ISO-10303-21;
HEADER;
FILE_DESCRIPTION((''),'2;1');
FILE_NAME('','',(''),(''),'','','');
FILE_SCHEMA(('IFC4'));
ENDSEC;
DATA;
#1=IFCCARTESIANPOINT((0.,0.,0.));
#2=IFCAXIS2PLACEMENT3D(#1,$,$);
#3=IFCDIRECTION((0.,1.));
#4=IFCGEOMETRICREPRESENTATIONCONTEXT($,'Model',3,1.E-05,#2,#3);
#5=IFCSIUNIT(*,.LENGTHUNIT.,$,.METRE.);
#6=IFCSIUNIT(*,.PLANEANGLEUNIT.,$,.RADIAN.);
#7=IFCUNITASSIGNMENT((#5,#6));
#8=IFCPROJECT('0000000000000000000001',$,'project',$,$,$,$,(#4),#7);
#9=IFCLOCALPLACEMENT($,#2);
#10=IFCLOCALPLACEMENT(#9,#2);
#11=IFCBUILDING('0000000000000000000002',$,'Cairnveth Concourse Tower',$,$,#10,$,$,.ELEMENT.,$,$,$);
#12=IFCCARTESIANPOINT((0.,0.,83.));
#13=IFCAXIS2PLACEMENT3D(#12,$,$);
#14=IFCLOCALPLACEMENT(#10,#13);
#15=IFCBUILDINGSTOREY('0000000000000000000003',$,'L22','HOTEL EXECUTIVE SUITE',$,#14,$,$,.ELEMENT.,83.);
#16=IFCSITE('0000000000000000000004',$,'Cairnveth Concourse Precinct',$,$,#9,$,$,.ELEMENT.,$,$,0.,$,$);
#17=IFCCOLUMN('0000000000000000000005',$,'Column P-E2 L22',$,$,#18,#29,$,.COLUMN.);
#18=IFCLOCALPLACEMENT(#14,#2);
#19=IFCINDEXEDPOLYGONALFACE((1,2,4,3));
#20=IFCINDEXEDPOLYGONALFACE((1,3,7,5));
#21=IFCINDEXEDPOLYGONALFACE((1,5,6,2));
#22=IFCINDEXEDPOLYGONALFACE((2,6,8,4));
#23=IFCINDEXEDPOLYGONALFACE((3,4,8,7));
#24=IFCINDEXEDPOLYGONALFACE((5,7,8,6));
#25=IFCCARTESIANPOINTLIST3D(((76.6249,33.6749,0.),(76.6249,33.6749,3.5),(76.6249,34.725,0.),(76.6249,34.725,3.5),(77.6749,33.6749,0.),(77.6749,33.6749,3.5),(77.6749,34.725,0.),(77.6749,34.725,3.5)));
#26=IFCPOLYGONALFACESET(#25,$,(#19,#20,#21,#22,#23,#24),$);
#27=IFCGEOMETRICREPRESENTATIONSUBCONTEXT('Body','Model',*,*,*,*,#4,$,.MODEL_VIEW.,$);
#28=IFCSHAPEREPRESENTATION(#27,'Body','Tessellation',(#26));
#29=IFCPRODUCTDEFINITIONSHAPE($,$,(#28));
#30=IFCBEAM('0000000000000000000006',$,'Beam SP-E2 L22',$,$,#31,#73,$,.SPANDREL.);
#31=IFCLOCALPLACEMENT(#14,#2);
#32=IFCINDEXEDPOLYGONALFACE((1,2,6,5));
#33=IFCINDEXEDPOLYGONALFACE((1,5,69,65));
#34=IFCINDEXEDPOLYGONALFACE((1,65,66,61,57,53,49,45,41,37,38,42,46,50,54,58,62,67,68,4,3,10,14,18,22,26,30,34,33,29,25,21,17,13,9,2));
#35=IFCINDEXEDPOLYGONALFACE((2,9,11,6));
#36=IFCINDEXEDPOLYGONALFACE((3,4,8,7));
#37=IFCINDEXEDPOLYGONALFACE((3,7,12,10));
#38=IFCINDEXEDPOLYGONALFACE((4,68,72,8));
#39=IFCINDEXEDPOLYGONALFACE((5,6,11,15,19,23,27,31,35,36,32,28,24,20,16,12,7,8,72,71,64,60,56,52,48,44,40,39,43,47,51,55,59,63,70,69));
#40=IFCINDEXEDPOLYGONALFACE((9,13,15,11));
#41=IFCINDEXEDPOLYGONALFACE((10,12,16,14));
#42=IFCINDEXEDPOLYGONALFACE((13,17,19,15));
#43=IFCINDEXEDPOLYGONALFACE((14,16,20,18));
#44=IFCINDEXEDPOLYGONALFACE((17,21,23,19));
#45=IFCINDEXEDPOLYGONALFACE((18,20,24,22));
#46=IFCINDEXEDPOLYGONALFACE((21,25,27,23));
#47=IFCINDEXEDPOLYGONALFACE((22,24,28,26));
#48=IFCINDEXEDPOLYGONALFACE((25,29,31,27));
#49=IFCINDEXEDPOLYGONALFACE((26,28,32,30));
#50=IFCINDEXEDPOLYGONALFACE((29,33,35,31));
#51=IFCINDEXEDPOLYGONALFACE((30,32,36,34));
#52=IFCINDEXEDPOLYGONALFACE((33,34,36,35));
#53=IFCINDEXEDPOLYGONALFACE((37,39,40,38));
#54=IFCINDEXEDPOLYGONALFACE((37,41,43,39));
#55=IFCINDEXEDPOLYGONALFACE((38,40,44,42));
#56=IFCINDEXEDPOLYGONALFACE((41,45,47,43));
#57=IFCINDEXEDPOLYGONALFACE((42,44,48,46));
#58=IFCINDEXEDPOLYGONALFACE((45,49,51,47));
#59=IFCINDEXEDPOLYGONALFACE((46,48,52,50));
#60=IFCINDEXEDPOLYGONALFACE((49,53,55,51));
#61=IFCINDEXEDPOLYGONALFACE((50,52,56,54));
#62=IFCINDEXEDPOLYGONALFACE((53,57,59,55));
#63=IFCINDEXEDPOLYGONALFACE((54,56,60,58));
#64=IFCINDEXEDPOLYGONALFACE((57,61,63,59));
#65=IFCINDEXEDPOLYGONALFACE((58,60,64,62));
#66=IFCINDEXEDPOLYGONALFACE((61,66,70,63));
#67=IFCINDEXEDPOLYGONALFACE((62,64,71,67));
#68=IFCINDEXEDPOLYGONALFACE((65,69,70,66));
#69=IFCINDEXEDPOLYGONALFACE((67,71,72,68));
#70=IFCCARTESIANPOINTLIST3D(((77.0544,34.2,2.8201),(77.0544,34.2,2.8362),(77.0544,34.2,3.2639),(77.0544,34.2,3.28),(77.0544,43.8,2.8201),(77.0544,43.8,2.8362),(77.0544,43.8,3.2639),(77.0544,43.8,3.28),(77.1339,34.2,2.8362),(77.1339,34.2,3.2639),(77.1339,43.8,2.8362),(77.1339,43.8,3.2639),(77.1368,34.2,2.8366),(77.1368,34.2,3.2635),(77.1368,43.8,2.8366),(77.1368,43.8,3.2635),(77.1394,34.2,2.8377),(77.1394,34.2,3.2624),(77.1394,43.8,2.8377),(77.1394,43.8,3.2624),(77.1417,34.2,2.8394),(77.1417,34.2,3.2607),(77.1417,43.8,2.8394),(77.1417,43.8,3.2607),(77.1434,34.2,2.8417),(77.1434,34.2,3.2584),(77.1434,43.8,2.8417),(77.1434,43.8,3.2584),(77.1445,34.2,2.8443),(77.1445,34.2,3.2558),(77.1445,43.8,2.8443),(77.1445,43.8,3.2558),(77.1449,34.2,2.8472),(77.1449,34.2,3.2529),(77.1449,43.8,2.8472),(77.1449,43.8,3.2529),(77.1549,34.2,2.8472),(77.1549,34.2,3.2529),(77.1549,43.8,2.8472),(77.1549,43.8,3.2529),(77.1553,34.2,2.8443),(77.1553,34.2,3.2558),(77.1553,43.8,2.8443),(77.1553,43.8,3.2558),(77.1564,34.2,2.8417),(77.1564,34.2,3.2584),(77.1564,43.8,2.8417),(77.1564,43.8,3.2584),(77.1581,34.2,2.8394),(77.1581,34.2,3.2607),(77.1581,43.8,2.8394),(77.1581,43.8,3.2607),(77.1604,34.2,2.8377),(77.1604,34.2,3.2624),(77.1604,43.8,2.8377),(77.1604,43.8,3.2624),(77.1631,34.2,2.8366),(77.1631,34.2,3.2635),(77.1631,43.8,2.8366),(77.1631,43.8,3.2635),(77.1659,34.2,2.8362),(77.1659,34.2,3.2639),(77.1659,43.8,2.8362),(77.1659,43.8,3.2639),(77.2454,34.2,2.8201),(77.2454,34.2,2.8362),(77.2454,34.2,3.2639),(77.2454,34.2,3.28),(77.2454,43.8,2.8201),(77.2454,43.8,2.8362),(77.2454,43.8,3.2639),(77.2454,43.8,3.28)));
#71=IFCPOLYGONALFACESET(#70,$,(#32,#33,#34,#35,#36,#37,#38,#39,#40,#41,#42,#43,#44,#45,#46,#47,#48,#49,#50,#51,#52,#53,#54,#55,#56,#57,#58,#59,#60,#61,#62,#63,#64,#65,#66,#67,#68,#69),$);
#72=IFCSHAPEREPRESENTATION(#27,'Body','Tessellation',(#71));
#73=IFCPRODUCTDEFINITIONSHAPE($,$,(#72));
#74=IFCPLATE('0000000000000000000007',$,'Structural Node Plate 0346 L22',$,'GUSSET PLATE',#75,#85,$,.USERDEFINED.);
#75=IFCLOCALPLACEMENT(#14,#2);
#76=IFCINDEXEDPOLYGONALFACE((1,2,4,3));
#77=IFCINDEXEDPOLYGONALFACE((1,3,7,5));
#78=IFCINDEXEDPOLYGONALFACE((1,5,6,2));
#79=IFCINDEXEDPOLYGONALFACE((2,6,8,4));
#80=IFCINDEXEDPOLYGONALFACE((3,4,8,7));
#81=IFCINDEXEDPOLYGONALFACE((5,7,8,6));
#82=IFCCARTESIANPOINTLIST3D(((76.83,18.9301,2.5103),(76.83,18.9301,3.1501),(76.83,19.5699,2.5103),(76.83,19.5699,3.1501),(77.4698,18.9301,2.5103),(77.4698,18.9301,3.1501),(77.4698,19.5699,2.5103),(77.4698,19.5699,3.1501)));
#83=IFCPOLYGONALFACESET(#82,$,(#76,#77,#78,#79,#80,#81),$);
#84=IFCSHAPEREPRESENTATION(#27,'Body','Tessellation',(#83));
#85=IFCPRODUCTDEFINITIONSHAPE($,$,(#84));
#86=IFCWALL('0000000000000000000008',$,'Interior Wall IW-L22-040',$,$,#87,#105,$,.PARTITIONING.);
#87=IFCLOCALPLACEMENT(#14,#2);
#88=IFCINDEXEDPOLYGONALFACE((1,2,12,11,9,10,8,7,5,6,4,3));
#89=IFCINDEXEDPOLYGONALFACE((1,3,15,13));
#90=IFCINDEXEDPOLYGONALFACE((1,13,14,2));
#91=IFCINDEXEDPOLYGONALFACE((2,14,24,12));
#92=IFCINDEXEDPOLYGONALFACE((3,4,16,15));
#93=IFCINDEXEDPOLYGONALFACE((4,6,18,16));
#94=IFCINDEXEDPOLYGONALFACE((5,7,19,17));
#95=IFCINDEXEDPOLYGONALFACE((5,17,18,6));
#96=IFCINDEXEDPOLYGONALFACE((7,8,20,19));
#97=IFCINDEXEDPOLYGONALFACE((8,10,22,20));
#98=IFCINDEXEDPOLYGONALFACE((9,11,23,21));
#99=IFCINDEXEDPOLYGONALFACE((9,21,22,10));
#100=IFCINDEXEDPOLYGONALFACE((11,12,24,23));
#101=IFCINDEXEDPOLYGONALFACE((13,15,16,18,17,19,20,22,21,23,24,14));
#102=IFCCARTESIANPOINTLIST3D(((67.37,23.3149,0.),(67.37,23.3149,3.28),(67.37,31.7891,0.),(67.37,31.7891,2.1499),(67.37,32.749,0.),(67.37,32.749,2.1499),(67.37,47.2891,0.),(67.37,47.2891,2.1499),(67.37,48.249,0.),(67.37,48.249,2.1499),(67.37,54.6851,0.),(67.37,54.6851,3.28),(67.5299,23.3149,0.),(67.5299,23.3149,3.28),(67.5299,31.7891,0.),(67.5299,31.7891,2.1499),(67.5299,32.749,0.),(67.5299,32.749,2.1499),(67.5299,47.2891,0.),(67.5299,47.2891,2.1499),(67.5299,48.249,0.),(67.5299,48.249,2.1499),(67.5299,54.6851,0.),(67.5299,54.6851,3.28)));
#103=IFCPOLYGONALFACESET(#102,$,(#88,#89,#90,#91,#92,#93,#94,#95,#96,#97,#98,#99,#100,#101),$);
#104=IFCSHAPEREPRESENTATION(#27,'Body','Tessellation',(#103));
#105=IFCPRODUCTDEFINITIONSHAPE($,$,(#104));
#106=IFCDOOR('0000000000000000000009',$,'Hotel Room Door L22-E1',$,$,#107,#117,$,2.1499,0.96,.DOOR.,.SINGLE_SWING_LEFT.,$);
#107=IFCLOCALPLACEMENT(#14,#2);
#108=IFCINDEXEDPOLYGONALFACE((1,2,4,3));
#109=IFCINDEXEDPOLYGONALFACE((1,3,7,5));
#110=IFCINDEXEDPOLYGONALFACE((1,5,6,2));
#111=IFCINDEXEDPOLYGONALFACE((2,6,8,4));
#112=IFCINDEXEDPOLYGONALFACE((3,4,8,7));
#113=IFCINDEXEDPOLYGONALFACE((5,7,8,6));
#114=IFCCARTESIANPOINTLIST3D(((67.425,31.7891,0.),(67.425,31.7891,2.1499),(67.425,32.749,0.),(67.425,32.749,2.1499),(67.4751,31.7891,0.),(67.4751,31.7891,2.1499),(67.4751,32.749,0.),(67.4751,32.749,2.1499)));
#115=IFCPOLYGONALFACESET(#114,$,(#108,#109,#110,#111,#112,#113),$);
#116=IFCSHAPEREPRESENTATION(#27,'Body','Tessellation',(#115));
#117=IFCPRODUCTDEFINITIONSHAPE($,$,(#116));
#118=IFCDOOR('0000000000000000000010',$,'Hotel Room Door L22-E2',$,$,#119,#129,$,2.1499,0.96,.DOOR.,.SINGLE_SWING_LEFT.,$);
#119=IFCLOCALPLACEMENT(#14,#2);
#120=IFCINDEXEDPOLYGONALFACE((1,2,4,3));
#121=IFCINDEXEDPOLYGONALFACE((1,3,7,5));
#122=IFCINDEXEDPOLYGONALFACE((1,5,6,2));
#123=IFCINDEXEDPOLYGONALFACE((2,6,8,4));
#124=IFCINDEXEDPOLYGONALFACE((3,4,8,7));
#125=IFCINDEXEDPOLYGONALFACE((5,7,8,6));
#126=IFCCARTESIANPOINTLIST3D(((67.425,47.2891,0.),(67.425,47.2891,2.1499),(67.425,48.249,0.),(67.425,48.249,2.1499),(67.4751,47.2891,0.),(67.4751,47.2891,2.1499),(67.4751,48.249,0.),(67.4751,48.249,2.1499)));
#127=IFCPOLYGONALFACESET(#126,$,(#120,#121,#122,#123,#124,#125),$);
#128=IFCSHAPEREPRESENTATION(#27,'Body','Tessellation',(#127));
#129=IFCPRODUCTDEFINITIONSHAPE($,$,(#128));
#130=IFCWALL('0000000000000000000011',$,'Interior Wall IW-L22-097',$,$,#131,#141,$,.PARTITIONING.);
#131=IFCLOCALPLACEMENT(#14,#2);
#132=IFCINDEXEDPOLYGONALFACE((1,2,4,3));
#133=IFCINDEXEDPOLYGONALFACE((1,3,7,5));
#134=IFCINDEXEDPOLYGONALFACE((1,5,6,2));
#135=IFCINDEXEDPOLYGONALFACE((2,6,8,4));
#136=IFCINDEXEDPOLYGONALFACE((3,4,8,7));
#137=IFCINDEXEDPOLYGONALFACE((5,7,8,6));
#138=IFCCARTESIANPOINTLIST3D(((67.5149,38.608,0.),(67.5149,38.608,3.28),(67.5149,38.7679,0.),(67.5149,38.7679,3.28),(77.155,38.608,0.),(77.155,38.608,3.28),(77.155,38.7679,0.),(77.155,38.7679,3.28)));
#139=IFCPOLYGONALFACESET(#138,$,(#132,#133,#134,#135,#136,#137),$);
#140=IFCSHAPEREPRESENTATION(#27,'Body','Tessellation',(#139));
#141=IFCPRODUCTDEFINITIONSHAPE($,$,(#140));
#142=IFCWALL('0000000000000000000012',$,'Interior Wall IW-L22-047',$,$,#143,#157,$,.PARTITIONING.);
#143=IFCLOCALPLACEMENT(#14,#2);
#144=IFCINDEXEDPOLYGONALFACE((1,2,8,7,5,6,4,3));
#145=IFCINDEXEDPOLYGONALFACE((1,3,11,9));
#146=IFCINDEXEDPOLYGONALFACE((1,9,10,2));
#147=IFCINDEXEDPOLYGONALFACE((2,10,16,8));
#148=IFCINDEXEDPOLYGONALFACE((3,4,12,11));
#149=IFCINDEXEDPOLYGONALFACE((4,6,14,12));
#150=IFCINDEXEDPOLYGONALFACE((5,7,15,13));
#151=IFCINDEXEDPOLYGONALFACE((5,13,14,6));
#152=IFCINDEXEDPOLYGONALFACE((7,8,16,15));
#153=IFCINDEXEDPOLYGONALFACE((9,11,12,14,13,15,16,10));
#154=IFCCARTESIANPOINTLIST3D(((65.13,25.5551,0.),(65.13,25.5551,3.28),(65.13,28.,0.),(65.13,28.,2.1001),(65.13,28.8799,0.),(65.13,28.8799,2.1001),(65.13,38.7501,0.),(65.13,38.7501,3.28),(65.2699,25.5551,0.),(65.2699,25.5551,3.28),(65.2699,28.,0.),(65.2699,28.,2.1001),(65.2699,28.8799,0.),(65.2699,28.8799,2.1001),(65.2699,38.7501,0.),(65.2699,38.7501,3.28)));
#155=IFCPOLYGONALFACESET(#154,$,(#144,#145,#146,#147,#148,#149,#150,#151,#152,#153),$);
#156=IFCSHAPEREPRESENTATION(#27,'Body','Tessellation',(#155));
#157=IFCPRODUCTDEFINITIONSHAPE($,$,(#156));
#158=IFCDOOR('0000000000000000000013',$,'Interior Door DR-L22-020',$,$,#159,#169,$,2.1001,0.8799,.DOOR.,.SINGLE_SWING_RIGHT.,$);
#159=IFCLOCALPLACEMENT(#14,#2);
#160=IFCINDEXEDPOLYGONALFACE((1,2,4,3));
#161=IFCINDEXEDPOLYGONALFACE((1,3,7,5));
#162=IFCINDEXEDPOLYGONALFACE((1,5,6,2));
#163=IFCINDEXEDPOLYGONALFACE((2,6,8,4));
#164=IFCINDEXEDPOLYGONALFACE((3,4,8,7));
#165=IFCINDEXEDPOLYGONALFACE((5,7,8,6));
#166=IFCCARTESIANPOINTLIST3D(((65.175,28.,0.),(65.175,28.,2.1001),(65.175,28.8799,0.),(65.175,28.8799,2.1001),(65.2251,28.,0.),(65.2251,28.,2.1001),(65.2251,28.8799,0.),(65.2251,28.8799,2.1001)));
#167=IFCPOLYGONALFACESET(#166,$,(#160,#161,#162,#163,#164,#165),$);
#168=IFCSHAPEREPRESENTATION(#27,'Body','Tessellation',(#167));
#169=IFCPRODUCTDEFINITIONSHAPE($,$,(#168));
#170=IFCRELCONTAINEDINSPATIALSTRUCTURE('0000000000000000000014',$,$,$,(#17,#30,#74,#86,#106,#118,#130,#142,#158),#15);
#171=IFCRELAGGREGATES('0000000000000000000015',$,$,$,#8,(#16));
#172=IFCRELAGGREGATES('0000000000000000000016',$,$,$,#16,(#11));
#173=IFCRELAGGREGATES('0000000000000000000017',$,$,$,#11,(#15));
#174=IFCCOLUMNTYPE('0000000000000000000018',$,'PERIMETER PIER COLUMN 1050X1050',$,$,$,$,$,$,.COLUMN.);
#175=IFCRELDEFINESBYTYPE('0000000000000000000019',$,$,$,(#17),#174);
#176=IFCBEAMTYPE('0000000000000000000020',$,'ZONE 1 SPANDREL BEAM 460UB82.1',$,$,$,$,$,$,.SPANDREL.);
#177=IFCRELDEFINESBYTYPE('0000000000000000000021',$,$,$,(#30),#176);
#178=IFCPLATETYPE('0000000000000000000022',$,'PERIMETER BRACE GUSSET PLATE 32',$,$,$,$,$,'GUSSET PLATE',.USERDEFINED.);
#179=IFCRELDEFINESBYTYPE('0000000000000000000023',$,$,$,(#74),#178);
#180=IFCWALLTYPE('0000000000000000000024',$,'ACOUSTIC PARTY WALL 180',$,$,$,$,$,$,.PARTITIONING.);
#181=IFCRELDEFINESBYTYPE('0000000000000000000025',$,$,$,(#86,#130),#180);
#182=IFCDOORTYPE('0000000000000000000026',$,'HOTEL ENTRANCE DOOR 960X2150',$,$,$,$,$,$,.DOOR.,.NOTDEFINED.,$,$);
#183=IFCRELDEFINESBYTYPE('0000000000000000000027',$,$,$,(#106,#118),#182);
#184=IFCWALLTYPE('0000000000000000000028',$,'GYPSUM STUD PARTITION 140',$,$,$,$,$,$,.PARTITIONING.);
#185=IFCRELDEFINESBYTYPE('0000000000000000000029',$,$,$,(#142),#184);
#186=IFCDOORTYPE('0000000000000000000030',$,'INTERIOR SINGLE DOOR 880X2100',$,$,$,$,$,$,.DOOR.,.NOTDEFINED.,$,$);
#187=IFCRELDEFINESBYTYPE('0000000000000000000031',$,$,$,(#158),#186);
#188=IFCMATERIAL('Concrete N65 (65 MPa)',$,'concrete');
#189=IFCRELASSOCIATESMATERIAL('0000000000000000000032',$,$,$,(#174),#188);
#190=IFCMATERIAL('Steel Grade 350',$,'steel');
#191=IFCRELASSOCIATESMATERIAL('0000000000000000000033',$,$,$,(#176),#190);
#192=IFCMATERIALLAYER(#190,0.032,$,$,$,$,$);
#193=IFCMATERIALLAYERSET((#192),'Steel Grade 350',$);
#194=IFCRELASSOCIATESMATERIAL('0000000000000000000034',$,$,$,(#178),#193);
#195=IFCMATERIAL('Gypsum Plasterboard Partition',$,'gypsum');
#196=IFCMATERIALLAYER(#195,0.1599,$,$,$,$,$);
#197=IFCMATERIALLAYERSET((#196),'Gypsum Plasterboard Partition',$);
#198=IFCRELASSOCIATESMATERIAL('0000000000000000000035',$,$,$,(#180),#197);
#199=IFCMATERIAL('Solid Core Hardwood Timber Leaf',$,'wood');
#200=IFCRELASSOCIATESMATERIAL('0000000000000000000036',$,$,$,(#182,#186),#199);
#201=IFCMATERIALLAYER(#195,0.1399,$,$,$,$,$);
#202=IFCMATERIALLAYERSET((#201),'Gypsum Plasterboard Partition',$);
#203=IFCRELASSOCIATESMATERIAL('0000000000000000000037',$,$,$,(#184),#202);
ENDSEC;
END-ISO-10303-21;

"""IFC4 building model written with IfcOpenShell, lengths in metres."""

from ifc_helpers import new_model, si_unit, direction, frame, frame_2d, origin, origin_2d, place, context, subcontext, project, spatial, rectangle, i_section, extrude, material, layer, layer_set, material_profile, profile_set, type_object, element, fill, save


model = new_model("IFC4")

# Units and contexts
model_context = context("Model", 3, precision=1e-05, world=origin(), true_north=direction((0.0, 1.0)))
body_context = subcontext(model_context, "Body", "Model", "MODEL_VIEW")
ifc_project = project(units=[si_unit("LENGTHUNIT", "METRE"), si_unit("PLANEANGLEUNIT", "RADIAN")], contexts=[model_context])

# Site, building, storey
site_placement = place(None, origin())
site = spatial("IfcSite", under=ifc_project, at=site_placement, Name="Cairnveth Concourse Precinct", CompositionType="ELEMENT", RefElevation=0.0)
building_placement = place(site_placement, origin())
building = spatial("IfcBuilding", under=site, at=building_placement, Name="Cairnveth Concourse Tower", CompositionType="ELEMENT")
storey_placement = place(building_placement, frame((0.0, 0.0, 83.0)))
storey = spatial("IfcBuildingStorey", under=building, at=storey_placement, Name="L22", Description="HOTEL EXECUTIVE SUITE", CompositionType="ELEMENT", Elevation=83.0)

# Column
ifc_material_1 = material(Name="Concrete N65 (65 MPa)", Category="concrete")
ifc_material_profile_1 = material_profile(ifc_material_1, rectangle(XDim=1.05, YDim=1.05, at=origin_2d()), Name="RC-COL-1050x1050")
ifc_profile_set_1 = profile_set([ifc_material_profile_1], Name="Concrete N65 (65 MPa)")
column_type = type_object("IfcColumnType", Name="PERIMETER PIER COLUMN 1050X1050", PredefinedType="COLUMN", material=ifc_profile_set_1)
column_placement = place(storey_placement, frame((77.1499, 34.2, 0.0), z_axis=(0.0, 0.0, 1.0), x_axis=(0.0, 1.0, 0.0)))
element("IfcColumn", 1, at=column_placement, inside=storey, type_object=column_type, Name="Column P-E2 L22", PredefinedType="COLUMN", context=body_context, shape_type="SweptSolid", body=[
    extrude(rectangle(XDim=1.05, YDim=1.05, at=origin_2d()), origin(), (0.0, 0.0, 1.0), 3.5),
])

# Beam
ifc_material_2 = material(Name="Steel Grade 350", Category="steel")
ifc_material_profile_2 = material_profile(ifc_material_2, i_section(OverallWidth=0.1909, OverallDepth=0.46, WebThickness=0.01, FlangeThickness=0.0161, FilletRadius=0.011, at=origin_2d()), Name="460UB82.1")
ifc_profile_set_2 = profile_set([ifc_material_profile_2], Name="Steel Grade 350")
beam_type = type_object("IfcBeamType", Name="ZONE 1 SPANDREL BEAM 460UB82.1", PredefinedType="SPANDREL", material=ifc_profile_set_2)
beam_placement = place(storey_placement, frame((77.1499, 34.2, 3.05), z_axis=(0.0, 1.0, 0.0), x_axis=(-1.0, 0.0, 0.0)))
element("IfcBeam", 2, at=beam_placement, inside=storey, type_object=beam_type, Name="Beam SP-E2 L22", PredefinedType="SPANDREL", context=body_context, shape_type="SweptSolid", body=[
    extrude(i_section(OverallWidth=0.1909, OverallDepth=0.46, WebThickness=0.01, FlangeThickness=0.0161, FilletRadius=0.011, at=origin_2d()), origin(), (0.0, 0.0, 1.0), 9.6001),
])

# Plate
ifc_layer_1 = layer(ifc_material_2, 0.032)
ifc_layer_set_1 = layer_set([ifc_layer_1], Name="Steel Grade 350")
plate_type = type_object("IfcPlateType", Name="PERIMETER BRACE GUSSET PLATE 32", ElementType="GUSSET PLATE", PredefinedType="USERDEFINED", material=ifc_layer_set_1)
plate_placement = place(storey_placement, frame((77.1499, 19.25, 2.5103), z_axis=(0.0, 0.0, 1.0), x_axis=(1.0, 0.0, 0.0)))
element("IfcPlate", 3, at=plate_placement, inside=storey, type_object=plate_type, Name="Structural Node Plate 0346 L22", ObjectType="GUSSET PLATE", PredefinedType="USERDEFINED", context=body_context, shape_type="SweptSolid", body=[
    extrude(rectangle(XDim=0.6399, YDim=0.6399, at=origin_2d()), origin(), (0.0, 0.0, 1.0), 0.6399),
])

# Wall, openings, doors
ifc_material_3 = material(Name="Gypsum Plasterboard Partition", Category="gypsum")
ifc_layer_2 = layer(ifc_material_3, 0.1599)
ifc_layer_set_2 = layer_set([ifc_layer_2], Name="Gypsum Plasterboard Partition")
wall_type_1 = type_object("IfcWallType", Name="ACOUSTIC PARTY WALL 180", PredefinedType="PARTITIONING", material=ifc_layer_set_2)
wall_1_placement = place(storey_placement, frame((67.45, 23.3149, 0.0), z_axis=(0.0, 0.0, 1.0), x_axis=(0.0, 1.0, 0.0)))
wall_1 = element("IfcWall", 4, at=wall_1_placement, inside=storey, type_object=wall_type_1, Name="Interior Wall IW-L22-040", PredefinedType="PARTITIONING", context=body_context, shape_type="SweptSolid", body=[
    extrude(rectangle(XDim=31.3701, YDim=0.1599, at=frame_2d((15.6851, 0.0))), origin(), (0.0, 0.0, 1.0), 3.28),
])
opening_1_placement = place(wall_1_placement, frame((8.4741, 0.0, 0.0)))
opening_1 = element("IfcOpeningElement", 5, at=opening_1_placement, cuts=wall_1, PredefinedType="OPENING", context=body_context, shape_type="SweptSolid", body=[
    extrude(rectangle(XDim=0.96, YDim=2.1499, at=frame_2d((0.48, 1.075))), frame((0.0, 0.0898, 0.0), z_axis=(0.0, -1.0, 0.0), x_axis=(1.0, 0.0, 0.0)), (0.0, 0.0, 1.0), 0.1799),
])
opening_2_placement = place(wall_1_placement, frame((23.9741, 0.0, 0.0)))
opening_2 = element("IfcOpeningElement", 6, at=opening_2_placement, cuts=wall_1, PredefinedType="OPENING", context=body_context, shape_type="SweptSolid", body=[
    extrude(rectangle(XDim=0.96, YDim=2.1499, at=frame_2d((0.48, 1.075))), frame((0.0, 0.0898, 0.0), z_axis=(0.0, -1.0, 0.0), x_axis=(1.0, 0.0, 0.0)), (0.0, 0.0, 1.0), 0.1799),
])
ifc_material_4 = material(Name="Solid Core Hardwood Timber Leaf", Category="wood")
door_type_1 = type_object("IfcDoorType", Name="HOTEL ENTRANCE DOOR 960X2150", OperationType="NOTDEFINED", PredefinedType="DOOR", material=ifc_material_4)
door_1_placement = place(opening_1_placement, origin())
door_1 = element("IfcDoor", 7, at=door_1_placement, inside=storey, type_object=door_type_1, Name="Hotel Room Door L22-E1", OperationType="SINGLE_SWING_LEFT", OverallHeight=2.1499, OverallWidth=0.96, PredefinedType="DOOR", context=body_context, shape_type="SweptSolid", body=[
    extrude(rectangle(XDim=0.96, YDim=2.1499, at=frame_2d((0.48, 1.075))), frame((0.0, 0.0249, 0.0), z_axis=(0.0, -1.0, 0.0), x_axis=(1.0, 0.0, 0.0)), (0.0, 0.0, 1.0), 0.05),
])
fill(opening_1, door_1)
door_2_placement = place(opening_2_placement, origin())
door_2 = element("IfcDoor", 8, at=door_2_placement, inside=storey, type_object=door_type_1, Name="Hotel Room Door L22-E2", OperationType="SINGLE_SWING_LEFT", OverallHeight=2.1499, OverallWidth=0.96, PredefinedType="DOOR", context=body_context, shape_type="SweptSolid", body=[
    extrude(rectangle(XDim=0.96, YDim=2.1499, at=frame_2d((0.48, 1.075))), frame((0.0, 0.0249, 0.0), z_axis=(0.0, -1.0, 0.0), x_axis=(1.0, 0.0, 0.0)), (0.0, 0.0, 1.0), 0.05),
])
fill(opening_2, door_2)

# Wall
wall_2_placement = place(storey_placement, frame((67.5149, 38.688, 0.0), z_axis=(0.0, 0.0, 1.0), x_axis=(1.0, 0.0, 0.0)))
element("IfcWall", 9, at=wall_2_placement, inside=storey, type_object=wall_type_1, Name="Interior Wall IW-L22-097", PredefinedType="PARTITIONING", context=body_context, shape_type="SweptSolid", body=[
    extrude(rectangle(XDim=9.6401, YDim=0.1599, at=frame_2d((4.8201, 0.0))), origin(), (0.0, 0.0, 1.0), 3.28),
])

# Wall, opening, door
ifc_layer_3 = layer(ifc_material_3, 0.1399)
ifc_layer_set_3 = layer_set([ifc_layer_3], Name="Gypsum Plasterboard Partition")
wall_type_2 = type_object("IfcWallType", Name="GYPSUM STUD PARTITION 140", PredefinedType="PARTITIONING", material=ifc_layer_set_3)
wall_3_placement = place(storey_placement, frame((65.2, 25.5549, 0.0), z_axis=(0.0, 0.0, 1.0), x_axis=(0.0, 1.0, 0.0)))
wall_3 = element("IfcWall", 10, at=wall_3_placement, inside=storey, type_object=wall_type_2, Name="Interior Wall IW-L22-047", PredefinedType="PARTITIONING", context=body_context, shape_type="SweptSolid", body=[
    extrude(rectangle(XDim=13.1951, YDim=0.1399, at=frame_2d((6.5977, 0.0))), origin(), (0.0, 0.0, 1.0), 3.28),
])
opening_3_placement = place(wall_3_placement, frame((2.4451, 0.0, 0.0)))
opening_3 = element("IfcOpeningElement", 11, at=opening_3_placement, cuts=wall_3, PredefinedType="OPENING", context=body_context, shape_type="SweptSolid", body=[
    extrude(rectangle(XDim=0.8799, YDim=2.1001, at=frame_2d((0.4399, 1.05))), frame((0.0, 0.0798, 0.0), z_axis=(0.0, -1.0, 0.0), x_axis=(1.0, 0.0, 0.0)), (0.0, 0.0, 1.0), 0.1599),
])
door_type_2 = type_object("IfcDoorType", Name="INTERIOR SINGLE DOOR 880X2100", OperationType="NOTDEFINED", PredefinedType="DOOR", material=ifc_material_4)
door_3_placement = place(opening_3_placement, origin())
door_3 = element("IfcDoor", 12, at=door_3_placement, inside=storey, type_object=door_type_2, Name="Interior Door DR-L22-020", OperationType="SINGLE_SWING_RIGHT", OverallHeight=2.1001, OverallWidth=0.8799, PredefinedType="DOOR", context=body_context, shape_type="SweptSolid", body=[
    extrude(rectangle(XDim=0.8799, YDim=2.1001, at=frame_2d((0.4399, 1.05))), frame((0.0, 0.0249, 0.0), z_axis=(0.0, -1.0, 0.0), x_axis=(1.0, 0.0, 0.0)), (0.0, 0.0, 1.0), 0.05),
])
fill(opening_3, door_3)

save(model, "model.ifc")
